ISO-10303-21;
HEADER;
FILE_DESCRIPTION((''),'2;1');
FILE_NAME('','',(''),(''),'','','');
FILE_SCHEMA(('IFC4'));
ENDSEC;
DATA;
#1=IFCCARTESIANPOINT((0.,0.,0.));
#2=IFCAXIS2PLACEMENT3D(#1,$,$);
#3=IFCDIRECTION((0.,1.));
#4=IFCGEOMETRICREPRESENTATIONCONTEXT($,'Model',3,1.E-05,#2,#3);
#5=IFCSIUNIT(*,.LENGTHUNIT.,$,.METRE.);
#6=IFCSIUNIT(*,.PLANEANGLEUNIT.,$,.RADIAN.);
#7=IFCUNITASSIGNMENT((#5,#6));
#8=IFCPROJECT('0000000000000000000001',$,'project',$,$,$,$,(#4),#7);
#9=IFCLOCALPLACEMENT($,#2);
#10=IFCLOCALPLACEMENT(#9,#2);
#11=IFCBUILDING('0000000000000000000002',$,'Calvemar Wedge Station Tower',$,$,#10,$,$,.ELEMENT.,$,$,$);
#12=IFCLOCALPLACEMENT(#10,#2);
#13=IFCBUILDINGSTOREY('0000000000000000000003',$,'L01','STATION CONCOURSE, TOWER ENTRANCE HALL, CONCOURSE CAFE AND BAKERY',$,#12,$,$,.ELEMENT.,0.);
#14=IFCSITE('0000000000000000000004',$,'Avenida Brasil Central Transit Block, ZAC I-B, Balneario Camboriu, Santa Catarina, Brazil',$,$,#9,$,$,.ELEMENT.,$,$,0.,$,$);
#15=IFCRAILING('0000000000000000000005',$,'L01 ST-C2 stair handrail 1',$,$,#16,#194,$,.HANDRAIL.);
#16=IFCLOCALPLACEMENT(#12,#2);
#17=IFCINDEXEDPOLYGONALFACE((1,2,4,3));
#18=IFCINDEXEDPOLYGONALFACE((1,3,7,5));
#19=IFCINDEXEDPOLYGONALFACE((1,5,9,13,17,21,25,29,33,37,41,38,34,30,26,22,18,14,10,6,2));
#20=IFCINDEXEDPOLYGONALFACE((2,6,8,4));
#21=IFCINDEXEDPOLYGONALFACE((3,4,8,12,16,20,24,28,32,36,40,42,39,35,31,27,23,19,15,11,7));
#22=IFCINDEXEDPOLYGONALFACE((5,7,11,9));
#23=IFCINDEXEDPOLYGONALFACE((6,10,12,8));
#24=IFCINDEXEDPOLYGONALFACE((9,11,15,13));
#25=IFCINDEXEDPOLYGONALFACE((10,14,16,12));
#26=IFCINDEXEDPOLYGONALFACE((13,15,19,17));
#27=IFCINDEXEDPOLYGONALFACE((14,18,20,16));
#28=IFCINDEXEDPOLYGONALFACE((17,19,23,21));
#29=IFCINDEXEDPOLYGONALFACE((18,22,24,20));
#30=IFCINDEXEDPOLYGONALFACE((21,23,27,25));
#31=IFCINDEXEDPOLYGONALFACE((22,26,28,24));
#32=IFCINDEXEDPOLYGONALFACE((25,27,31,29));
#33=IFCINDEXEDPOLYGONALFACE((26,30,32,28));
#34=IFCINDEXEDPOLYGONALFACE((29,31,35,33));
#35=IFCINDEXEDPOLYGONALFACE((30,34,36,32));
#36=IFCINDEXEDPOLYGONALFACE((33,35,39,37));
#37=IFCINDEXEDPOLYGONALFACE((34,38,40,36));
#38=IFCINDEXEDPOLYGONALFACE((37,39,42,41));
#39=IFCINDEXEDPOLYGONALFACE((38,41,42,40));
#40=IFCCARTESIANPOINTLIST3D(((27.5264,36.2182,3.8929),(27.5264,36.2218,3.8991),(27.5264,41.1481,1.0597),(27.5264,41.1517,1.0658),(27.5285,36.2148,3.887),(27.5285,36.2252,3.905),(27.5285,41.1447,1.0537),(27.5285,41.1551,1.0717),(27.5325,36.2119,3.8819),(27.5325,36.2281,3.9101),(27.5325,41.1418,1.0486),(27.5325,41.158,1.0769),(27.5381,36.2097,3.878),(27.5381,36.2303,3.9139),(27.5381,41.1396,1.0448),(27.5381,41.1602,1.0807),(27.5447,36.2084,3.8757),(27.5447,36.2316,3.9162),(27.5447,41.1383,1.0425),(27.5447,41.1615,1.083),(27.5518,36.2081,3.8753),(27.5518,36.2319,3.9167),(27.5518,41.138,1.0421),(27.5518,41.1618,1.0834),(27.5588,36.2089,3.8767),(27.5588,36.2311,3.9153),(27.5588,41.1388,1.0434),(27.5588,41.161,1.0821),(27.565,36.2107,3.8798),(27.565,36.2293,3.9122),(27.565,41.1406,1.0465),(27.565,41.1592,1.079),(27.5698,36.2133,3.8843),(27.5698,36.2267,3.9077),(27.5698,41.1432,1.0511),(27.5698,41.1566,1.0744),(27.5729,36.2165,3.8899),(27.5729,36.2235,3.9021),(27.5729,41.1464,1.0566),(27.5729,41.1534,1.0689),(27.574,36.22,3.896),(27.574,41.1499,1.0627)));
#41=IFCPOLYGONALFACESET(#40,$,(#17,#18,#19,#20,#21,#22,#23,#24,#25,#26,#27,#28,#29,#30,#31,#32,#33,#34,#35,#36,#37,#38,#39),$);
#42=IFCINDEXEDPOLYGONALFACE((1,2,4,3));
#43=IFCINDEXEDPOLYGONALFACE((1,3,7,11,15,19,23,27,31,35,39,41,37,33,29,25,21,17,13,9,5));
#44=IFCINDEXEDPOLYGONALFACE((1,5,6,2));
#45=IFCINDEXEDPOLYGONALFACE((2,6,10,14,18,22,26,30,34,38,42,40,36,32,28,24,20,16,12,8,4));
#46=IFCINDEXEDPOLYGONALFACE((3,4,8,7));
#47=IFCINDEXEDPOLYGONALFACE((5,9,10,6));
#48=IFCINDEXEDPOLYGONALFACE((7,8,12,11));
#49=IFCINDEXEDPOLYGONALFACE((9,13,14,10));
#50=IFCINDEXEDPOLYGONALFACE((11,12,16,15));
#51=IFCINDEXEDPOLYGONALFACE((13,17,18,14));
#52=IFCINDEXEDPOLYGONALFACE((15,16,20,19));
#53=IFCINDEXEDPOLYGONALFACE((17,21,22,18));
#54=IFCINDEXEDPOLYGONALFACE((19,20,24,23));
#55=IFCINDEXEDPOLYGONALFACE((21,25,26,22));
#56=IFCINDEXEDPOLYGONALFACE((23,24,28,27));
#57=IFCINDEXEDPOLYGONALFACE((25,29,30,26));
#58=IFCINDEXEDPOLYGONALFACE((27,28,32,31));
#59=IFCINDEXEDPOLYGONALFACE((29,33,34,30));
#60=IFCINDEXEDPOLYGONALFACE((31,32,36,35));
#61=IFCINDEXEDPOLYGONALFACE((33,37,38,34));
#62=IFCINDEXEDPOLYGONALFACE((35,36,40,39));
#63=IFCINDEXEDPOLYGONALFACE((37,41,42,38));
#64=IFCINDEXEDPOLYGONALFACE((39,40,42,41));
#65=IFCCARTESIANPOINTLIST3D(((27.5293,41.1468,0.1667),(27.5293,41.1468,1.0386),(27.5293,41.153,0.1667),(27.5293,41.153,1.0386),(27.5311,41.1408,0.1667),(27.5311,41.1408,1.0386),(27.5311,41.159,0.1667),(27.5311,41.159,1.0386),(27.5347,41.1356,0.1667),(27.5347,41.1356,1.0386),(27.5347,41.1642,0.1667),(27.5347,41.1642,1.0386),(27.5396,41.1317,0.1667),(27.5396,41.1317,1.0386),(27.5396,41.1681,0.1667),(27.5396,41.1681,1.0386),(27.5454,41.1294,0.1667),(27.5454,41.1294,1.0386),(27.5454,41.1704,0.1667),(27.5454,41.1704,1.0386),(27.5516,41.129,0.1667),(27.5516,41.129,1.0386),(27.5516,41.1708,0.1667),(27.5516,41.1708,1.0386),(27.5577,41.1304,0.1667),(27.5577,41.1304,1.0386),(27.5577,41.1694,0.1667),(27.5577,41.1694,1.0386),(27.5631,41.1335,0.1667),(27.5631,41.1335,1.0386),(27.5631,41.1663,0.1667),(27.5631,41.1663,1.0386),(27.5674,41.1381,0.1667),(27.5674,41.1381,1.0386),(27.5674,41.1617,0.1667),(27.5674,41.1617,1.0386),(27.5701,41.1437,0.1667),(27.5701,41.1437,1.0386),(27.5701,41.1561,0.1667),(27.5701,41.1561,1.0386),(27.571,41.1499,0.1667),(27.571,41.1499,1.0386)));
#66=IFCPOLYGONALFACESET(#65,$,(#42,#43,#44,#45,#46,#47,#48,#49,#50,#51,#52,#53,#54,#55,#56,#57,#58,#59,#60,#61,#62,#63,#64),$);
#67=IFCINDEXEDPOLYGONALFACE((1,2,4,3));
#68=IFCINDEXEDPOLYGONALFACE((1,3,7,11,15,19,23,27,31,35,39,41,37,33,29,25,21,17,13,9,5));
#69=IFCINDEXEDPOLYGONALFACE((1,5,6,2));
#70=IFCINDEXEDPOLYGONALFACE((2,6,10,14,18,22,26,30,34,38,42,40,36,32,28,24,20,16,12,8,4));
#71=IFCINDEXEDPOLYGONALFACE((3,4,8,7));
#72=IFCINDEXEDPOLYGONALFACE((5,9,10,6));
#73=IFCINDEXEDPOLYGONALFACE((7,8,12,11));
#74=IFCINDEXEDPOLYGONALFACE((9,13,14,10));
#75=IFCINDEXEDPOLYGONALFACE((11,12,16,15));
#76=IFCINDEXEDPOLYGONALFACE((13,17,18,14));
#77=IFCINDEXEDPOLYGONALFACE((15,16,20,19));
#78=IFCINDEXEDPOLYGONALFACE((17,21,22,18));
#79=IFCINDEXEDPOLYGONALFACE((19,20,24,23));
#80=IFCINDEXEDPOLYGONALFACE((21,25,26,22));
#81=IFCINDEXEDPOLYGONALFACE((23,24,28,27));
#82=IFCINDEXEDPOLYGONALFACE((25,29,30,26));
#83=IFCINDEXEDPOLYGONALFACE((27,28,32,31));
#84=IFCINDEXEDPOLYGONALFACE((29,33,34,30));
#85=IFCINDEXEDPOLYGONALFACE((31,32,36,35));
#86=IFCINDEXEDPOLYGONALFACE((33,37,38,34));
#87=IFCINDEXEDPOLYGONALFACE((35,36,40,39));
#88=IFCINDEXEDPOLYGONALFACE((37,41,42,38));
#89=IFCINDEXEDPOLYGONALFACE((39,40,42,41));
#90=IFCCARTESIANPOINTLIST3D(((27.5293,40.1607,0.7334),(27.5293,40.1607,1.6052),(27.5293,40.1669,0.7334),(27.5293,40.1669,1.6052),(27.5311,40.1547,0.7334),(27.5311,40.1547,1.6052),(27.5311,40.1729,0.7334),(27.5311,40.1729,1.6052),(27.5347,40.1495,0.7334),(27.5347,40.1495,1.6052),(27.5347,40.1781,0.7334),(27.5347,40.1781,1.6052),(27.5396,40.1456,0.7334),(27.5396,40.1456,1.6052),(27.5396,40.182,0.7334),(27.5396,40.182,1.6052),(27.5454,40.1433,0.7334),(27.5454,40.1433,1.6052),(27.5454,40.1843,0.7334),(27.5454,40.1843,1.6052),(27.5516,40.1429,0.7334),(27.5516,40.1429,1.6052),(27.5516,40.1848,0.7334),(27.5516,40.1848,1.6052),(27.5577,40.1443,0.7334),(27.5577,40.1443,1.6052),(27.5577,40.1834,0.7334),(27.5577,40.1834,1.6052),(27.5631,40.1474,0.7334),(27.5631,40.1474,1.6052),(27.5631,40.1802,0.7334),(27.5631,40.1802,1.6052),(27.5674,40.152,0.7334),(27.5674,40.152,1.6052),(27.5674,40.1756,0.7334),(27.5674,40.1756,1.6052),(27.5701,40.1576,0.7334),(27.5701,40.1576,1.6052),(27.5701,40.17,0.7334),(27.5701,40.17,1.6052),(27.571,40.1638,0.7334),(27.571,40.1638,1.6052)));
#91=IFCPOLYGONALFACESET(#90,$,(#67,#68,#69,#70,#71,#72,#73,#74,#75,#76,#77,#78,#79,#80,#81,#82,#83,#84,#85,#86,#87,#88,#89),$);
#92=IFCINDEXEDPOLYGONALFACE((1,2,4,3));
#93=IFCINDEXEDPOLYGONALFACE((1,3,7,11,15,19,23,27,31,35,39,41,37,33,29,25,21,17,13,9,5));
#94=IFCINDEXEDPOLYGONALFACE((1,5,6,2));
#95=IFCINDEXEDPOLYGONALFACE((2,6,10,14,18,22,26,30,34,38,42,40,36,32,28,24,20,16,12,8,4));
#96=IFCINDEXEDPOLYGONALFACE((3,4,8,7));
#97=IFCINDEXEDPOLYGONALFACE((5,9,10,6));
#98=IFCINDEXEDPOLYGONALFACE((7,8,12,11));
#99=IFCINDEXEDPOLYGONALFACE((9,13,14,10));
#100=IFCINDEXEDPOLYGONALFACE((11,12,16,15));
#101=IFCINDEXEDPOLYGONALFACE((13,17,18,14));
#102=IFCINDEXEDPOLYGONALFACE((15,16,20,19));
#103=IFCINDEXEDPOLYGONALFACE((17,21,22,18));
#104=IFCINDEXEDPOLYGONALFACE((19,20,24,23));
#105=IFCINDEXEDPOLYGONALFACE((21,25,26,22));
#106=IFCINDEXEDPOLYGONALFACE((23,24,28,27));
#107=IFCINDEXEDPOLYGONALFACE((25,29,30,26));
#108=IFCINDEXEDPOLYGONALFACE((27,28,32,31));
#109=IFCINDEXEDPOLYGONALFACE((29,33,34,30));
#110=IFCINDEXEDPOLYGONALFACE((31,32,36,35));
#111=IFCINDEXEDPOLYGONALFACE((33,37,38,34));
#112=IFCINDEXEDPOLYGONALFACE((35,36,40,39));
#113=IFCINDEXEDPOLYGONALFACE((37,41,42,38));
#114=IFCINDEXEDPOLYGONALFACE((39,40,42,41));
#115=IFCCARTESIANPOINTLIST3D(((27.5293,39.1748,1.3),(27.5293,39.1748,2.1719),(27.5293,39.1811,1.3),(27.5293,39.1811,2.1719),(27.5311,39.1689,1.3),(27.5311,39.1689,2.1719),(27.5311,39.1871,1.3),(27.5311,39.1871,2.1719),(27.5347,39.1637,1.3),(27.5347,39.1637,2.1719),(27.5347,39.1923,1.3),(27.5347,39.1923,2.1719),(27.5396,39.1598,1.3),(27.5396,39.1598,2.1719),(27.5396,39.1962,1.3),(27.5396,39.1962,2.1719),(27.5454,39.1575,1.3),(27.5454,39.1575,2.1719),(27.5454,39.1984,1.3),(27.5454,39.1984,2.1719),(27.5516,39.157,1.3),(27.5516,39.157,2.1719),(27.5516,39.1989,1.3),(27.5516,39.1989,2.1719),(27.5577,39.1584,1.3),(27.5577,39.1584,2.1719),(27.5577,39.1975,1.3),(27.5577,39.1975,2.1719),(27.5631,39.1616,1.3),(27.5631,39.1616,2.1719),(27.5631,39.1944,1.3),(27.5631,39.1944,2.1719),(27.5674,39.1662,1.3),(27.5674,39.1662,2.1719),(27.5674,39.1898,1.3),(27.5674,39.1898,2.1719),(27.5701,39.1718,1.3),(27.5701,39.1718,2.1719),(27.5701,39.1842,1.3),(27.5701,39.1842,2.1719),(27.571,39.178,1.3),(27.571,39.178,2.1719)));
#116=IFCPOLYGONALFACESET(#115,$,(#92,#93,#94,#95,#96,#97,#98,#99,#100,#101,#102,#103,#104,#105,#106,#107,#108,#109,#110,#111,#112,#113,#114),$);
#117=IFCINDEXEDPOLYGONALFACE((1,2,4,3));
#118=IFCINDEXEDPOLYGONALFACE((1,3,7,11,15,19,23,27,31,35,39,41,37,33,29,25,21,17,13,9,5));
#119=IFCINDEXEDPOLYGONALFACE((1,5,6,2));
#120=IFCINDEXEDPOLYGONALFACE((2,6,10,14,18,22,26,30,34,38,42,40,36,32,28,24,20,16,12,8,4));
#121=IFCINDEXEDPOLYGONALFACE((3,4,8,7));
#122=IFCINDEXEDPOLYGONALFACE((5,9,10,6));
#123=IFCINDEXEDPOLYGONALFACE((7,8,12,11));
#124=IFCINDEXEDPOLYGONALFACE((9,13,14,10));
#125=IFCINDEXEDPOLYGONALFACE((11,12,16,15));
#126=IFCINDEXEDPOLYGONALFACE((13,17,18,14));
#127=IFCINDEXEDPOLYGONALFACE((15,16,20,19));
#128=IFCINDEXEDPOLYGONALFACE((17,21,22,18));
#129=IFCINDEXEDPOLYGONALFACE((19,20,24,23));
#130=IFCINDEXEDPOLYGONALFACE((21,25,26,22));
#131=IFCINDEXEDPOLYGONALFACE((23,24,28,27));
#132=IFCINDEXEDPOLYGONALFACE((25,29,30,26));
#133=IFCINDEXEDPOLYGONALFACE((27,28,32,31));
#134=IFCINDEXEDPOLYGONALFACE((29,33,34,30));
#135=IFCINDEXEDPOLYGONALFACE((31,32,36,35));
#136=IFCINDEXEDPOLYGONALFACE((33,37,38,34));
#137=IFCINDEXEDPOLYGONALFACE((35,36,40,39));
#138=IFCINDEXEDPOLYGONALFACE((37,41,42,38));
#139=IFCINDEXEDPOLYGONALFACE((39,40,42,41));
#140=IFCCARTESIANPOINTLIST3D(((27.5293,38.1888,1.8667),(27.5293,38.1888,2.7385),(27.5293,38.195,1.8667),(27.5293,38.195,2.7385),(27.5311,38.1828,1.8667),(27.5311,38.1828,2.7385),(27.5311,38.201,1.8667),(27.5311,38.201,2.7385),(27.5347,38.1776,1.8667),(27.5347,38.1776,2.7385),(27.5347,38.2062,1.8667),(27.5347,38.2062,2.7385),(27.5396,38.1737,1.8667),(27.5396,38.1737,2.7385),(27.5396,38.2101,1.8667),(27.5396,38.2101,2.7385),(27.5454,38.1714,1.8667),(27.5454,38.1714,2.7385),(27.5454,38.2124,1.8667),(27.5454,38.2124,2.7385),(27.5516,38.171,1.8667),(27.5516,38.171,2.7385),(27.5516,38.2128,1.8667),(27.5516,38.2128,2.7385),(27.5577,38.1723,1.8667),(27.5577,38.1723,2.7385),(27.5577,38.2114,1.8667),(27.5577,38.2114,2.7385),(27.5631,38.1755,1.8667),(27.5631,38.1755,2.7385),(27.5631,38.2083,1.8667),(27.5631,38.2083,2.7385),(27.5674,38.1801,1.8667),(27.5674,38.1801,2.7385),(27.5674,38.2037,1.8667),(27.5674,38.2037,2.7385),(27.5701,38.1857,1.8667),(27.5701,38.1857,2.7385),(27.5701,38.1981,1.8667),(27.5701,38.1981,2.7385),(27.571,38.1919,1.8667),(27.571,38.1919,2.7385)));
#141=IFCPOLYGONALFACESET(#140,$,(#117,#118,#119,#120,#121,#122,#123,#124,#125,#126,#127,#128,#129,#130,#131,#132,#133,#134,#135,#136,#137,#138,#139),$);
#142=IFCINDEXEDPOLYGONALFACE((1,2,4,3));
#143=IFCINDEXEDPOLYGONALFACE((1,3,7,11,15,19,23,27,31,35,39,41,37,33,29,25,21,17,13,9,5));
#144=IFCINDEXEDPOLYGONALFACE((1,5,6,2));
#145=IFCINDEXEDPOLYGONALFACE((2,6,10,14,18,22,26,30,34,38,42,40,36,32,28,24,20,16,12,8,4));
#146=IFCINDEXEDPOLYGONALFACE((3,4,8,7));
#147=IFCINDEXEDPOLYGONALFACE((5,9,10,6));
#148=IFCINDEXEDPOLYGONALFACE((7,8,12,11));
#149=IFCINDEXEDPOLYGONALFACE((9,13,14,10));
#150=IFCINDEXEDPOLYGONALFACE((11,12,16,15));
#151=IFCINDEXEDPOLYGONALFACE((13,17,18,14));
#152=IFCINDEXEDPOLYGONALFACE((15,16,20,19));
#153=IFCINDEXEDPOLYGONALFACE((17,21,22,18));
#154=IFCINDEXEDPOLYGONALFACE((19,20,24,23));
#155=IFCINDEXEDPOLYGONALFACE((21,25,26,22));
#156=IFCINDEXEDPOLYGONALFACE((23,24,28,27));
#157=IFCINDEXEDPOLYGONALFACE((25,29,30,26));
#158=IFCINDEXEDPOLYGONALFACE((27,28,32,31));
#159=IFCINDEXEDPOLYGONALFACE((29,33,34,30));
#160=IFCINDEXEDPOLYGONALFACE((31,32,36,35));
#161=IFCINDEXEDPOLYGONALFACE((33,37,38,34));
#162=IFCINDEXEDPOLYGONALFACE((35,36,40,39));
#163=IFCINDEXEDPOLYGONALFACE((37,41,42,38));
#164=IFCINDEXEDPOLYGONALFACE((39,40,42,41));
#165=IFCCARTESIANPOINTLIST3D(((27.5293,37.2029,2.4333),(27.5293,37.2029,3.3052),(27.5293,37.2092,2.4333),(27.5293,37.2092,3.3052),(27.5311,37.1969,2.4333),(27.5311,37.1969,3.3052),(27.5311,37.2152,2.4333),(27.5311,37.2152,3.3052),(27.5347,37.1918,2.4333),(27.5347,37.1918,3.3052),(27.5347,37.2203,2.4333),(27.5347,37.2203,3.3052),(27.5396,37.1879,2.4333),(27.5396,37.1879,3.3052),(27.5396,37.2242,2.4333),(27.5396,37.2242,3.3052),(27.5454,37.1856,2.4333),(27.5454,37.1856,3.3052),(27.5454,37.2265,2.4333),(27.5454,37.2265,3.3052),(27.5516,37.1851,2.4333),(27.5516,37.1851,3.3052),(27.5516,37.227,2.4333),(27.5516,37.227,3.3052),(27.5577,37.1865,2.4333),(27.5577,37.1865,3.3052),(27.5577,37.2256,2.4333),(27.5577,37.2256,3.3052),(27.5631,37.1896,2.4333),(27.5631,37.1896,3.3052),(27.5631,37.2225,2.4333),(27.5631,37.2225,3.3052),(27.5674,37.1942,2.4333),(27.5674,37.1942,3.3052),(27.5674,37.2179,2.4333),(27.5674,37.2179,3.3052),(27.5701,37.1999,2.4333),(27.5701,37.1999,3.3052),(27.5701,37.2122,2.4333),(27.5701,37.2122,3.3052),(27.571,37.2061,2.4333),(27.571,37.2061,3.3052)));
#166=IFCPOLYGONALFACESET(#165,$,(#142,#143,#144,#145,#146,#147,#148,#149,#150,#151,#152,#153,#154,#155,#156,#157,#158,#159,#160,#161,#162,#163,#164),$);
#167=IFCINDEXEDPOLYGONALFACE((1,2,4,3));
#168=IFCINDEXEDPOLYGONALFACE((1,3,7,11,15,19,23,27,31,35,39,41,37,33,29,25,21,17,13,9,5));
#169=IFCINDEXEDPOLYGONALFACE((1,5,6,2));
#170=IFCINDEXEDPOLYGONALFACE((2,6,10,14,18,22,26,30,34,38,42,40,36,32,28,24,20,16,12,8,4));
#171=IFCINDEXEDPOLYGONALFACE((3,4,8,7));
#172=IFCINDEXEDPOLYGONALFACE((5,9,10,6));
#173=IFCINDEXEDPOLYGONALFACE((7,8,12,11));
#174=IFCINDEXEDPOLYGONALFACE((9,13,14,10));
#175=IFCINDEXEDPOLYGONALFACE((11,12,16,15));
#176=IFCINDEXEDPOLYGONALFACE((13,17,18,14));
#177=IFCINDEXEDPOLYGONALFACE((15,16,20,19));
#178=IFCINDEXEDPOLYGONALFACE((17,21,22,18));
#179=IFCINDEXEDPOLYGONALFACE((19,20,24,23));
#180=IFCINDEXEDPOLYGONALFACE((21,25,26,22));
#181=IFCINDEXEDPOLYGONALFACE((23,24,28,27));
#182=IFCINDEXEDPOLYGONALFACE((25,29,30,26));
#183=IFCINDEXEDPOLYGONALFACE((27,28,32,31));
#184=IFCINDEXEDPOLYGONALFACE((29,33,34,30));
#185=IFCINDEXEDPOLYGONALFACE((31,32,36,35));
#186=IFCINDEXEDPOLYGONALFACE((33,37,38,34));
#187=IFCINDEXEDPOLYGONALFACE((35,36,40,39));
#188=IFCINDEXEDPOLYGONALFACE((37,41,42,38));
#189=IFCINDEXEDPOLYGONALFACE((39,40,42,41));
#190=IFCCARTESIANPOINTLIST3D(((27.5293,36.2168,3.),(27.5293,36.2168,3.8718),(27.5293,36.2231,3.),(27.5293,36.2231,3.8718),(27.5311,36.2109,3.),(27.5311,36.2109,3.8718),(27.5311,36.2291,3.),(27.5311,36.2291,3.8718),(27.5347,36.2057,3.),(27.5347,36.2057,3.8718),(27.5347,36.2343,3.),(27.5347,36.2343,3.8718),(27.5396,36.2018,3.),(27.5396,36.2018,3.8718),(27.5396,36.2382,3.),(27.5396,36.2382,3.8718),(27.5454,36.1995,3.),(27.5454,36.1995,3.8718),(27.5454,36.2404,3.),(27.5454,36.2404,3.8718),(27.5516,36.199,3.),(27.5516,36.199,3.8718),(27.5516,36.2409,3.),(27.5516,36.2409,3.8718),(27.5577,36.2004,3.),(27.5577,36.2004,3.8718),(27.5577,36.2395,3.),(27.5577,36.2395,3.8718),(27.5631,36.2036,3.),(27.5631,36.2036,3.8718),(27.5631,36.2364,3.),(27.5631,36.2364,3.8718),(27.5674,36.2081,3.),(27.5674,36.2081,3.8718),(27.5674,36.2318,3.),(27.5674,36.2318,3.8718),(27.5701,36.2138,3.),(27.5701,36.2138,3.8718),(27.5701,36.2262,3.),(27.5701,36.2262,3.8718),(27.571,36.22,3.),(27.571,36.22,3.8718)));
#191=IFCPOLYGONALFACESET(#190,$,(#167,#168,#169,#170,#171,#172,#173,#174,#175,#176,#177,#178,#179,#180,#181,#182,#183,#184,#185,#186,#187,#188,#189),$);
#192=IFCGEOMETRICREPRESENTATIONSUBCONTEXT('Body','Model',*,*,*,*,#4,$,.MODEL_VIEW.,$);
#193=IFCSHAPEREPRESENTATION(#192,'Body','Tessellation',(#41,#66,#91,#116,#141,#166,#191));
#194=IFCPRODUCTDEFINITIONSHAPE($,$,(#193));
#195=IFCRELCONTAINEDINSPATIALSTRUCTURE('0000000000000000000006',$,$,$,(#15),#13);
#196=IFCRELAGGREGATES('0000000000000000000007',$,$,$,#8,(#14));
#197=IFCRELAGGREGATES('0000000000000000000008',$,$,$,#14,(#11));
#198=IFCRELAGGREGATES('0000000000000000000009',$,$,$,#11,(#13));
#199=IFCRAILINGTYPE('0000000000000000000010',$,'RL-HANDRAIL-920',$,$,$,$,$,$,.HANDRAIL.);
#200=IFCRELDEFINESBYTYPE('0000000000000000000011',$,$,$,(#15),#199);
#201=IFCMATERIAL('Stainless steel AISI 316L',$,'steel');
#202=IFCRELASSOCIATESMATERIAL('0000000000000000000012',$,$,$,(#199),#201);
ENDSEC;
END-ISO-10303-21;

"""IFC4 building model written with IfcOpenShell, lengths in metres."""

from ifc_helpers import new_model, si_unit, direction, frame, origin, origin_2d, place, context, subcontext, project, spatial, circle, extrude, material, type_object, element, save


model = new_model("IFC4")

# Units and contexts
model_context = context("Model", 3, precision=1e-05, world=origin(), true_north=direction((0.0, 1.0)))
body_context = subcontext(model_context, "Body", "Model", "MODEL_VIEW")
ifc_project = project(units=[si_unit("LENGTHUNIT", "METRE"), si_unit("PLANEANGLEUNIT", "RADIAN")], contexts=[model_context])

# Site, building, storey
site_placement = place(None, origin())
site = spatial("IfcSite", under=ifc_project, at=site_placement, Name="Avenida Brasil Central Transit Block, ZAC I-B, Balneario Camboriu, Santa Catarina, Brazil", CompositionType="ELEMENT", RefElevation=0.0)
building_placement = place(site_placement, origin())
building = spatial("IfcBuilding", under=site, at=building_placement, Name="Calvemar Wedge Station Tower", CompositionType="ELEMENT")
storey_placement = place(building_placement, origin())
storey = spatial("IfcBuildingStorey", under=building, at=storey_placement, Name="L01", Description="STATION CONCOURSE, TOWER ENTRANCE HALL, CONCOURSE CAFE AND BAKERY", CompositionType="ELEMENT", Elevation=0.0)

# Railing
ifc_material_1 = material(Name="Stainless steel AISI 316L", Category="steel")
railing_type_1 = type_object("IfcRailingType", Name="RL-HANDRAIL-920", PredefinedType="HANDRAIL", material=ifc_material_1)
railing_1_placement = place(storey_placement, frame((27.55, 41.1499, 0.1667)))
element("IfcRailing", 1, at=railing_1_placement, inside=storey, type_object=railing_type_1, Name="L01 ST-C2 stair handrail 1", PredefinedType="HANDRAIL", context=body_context, shape_type="SweptSolid", body=[
    extrude(circle(Radius=0.0239, at=origin_2d()), frame((0.0, 0.0, 0.896), z_axis=(0.0, -0.867017, 0.498278), x_axis=(1.0, 0.0, 0.0)), (0.0, 0.0, 1.0), 5.686),
    extrude(circle(Radius=0.021, at=origin_2d()), origin(), (0.0, 0.0, 1.0), 0.8718),
    extrude(circle(Radius=0.021, at=origin_2d()), frame((0.0, -0.9861, 0.5667)), (0.0, 0.0, 1.0), 0.8718),
    extrude(circle(Radius=0.021, at=origin_2d()), frame((0.0, -1.9719, 1.1333)), (0.0, 0.0, 1.0), 0.8718),
    extrude(circle(Radius=0.021, at=origin_2d()), frame((0.0, -2.958, 1.7)), (0.0, 0.0, 1.0), 0.8718),
    extrude(circle(Radius=0.021, at=origin_2d()), frame((0.0, -3.9438, 2.2666)), (0.0, 0.0, 1.0), 0.8718),
    extrude(circle(Radius=0.021, at=origin_2d()), frame((0.0, -4.9299, 2.8333)), (0.0, 0.0, 1.0), 0.8718),
])

save(model, "model.ifc")
